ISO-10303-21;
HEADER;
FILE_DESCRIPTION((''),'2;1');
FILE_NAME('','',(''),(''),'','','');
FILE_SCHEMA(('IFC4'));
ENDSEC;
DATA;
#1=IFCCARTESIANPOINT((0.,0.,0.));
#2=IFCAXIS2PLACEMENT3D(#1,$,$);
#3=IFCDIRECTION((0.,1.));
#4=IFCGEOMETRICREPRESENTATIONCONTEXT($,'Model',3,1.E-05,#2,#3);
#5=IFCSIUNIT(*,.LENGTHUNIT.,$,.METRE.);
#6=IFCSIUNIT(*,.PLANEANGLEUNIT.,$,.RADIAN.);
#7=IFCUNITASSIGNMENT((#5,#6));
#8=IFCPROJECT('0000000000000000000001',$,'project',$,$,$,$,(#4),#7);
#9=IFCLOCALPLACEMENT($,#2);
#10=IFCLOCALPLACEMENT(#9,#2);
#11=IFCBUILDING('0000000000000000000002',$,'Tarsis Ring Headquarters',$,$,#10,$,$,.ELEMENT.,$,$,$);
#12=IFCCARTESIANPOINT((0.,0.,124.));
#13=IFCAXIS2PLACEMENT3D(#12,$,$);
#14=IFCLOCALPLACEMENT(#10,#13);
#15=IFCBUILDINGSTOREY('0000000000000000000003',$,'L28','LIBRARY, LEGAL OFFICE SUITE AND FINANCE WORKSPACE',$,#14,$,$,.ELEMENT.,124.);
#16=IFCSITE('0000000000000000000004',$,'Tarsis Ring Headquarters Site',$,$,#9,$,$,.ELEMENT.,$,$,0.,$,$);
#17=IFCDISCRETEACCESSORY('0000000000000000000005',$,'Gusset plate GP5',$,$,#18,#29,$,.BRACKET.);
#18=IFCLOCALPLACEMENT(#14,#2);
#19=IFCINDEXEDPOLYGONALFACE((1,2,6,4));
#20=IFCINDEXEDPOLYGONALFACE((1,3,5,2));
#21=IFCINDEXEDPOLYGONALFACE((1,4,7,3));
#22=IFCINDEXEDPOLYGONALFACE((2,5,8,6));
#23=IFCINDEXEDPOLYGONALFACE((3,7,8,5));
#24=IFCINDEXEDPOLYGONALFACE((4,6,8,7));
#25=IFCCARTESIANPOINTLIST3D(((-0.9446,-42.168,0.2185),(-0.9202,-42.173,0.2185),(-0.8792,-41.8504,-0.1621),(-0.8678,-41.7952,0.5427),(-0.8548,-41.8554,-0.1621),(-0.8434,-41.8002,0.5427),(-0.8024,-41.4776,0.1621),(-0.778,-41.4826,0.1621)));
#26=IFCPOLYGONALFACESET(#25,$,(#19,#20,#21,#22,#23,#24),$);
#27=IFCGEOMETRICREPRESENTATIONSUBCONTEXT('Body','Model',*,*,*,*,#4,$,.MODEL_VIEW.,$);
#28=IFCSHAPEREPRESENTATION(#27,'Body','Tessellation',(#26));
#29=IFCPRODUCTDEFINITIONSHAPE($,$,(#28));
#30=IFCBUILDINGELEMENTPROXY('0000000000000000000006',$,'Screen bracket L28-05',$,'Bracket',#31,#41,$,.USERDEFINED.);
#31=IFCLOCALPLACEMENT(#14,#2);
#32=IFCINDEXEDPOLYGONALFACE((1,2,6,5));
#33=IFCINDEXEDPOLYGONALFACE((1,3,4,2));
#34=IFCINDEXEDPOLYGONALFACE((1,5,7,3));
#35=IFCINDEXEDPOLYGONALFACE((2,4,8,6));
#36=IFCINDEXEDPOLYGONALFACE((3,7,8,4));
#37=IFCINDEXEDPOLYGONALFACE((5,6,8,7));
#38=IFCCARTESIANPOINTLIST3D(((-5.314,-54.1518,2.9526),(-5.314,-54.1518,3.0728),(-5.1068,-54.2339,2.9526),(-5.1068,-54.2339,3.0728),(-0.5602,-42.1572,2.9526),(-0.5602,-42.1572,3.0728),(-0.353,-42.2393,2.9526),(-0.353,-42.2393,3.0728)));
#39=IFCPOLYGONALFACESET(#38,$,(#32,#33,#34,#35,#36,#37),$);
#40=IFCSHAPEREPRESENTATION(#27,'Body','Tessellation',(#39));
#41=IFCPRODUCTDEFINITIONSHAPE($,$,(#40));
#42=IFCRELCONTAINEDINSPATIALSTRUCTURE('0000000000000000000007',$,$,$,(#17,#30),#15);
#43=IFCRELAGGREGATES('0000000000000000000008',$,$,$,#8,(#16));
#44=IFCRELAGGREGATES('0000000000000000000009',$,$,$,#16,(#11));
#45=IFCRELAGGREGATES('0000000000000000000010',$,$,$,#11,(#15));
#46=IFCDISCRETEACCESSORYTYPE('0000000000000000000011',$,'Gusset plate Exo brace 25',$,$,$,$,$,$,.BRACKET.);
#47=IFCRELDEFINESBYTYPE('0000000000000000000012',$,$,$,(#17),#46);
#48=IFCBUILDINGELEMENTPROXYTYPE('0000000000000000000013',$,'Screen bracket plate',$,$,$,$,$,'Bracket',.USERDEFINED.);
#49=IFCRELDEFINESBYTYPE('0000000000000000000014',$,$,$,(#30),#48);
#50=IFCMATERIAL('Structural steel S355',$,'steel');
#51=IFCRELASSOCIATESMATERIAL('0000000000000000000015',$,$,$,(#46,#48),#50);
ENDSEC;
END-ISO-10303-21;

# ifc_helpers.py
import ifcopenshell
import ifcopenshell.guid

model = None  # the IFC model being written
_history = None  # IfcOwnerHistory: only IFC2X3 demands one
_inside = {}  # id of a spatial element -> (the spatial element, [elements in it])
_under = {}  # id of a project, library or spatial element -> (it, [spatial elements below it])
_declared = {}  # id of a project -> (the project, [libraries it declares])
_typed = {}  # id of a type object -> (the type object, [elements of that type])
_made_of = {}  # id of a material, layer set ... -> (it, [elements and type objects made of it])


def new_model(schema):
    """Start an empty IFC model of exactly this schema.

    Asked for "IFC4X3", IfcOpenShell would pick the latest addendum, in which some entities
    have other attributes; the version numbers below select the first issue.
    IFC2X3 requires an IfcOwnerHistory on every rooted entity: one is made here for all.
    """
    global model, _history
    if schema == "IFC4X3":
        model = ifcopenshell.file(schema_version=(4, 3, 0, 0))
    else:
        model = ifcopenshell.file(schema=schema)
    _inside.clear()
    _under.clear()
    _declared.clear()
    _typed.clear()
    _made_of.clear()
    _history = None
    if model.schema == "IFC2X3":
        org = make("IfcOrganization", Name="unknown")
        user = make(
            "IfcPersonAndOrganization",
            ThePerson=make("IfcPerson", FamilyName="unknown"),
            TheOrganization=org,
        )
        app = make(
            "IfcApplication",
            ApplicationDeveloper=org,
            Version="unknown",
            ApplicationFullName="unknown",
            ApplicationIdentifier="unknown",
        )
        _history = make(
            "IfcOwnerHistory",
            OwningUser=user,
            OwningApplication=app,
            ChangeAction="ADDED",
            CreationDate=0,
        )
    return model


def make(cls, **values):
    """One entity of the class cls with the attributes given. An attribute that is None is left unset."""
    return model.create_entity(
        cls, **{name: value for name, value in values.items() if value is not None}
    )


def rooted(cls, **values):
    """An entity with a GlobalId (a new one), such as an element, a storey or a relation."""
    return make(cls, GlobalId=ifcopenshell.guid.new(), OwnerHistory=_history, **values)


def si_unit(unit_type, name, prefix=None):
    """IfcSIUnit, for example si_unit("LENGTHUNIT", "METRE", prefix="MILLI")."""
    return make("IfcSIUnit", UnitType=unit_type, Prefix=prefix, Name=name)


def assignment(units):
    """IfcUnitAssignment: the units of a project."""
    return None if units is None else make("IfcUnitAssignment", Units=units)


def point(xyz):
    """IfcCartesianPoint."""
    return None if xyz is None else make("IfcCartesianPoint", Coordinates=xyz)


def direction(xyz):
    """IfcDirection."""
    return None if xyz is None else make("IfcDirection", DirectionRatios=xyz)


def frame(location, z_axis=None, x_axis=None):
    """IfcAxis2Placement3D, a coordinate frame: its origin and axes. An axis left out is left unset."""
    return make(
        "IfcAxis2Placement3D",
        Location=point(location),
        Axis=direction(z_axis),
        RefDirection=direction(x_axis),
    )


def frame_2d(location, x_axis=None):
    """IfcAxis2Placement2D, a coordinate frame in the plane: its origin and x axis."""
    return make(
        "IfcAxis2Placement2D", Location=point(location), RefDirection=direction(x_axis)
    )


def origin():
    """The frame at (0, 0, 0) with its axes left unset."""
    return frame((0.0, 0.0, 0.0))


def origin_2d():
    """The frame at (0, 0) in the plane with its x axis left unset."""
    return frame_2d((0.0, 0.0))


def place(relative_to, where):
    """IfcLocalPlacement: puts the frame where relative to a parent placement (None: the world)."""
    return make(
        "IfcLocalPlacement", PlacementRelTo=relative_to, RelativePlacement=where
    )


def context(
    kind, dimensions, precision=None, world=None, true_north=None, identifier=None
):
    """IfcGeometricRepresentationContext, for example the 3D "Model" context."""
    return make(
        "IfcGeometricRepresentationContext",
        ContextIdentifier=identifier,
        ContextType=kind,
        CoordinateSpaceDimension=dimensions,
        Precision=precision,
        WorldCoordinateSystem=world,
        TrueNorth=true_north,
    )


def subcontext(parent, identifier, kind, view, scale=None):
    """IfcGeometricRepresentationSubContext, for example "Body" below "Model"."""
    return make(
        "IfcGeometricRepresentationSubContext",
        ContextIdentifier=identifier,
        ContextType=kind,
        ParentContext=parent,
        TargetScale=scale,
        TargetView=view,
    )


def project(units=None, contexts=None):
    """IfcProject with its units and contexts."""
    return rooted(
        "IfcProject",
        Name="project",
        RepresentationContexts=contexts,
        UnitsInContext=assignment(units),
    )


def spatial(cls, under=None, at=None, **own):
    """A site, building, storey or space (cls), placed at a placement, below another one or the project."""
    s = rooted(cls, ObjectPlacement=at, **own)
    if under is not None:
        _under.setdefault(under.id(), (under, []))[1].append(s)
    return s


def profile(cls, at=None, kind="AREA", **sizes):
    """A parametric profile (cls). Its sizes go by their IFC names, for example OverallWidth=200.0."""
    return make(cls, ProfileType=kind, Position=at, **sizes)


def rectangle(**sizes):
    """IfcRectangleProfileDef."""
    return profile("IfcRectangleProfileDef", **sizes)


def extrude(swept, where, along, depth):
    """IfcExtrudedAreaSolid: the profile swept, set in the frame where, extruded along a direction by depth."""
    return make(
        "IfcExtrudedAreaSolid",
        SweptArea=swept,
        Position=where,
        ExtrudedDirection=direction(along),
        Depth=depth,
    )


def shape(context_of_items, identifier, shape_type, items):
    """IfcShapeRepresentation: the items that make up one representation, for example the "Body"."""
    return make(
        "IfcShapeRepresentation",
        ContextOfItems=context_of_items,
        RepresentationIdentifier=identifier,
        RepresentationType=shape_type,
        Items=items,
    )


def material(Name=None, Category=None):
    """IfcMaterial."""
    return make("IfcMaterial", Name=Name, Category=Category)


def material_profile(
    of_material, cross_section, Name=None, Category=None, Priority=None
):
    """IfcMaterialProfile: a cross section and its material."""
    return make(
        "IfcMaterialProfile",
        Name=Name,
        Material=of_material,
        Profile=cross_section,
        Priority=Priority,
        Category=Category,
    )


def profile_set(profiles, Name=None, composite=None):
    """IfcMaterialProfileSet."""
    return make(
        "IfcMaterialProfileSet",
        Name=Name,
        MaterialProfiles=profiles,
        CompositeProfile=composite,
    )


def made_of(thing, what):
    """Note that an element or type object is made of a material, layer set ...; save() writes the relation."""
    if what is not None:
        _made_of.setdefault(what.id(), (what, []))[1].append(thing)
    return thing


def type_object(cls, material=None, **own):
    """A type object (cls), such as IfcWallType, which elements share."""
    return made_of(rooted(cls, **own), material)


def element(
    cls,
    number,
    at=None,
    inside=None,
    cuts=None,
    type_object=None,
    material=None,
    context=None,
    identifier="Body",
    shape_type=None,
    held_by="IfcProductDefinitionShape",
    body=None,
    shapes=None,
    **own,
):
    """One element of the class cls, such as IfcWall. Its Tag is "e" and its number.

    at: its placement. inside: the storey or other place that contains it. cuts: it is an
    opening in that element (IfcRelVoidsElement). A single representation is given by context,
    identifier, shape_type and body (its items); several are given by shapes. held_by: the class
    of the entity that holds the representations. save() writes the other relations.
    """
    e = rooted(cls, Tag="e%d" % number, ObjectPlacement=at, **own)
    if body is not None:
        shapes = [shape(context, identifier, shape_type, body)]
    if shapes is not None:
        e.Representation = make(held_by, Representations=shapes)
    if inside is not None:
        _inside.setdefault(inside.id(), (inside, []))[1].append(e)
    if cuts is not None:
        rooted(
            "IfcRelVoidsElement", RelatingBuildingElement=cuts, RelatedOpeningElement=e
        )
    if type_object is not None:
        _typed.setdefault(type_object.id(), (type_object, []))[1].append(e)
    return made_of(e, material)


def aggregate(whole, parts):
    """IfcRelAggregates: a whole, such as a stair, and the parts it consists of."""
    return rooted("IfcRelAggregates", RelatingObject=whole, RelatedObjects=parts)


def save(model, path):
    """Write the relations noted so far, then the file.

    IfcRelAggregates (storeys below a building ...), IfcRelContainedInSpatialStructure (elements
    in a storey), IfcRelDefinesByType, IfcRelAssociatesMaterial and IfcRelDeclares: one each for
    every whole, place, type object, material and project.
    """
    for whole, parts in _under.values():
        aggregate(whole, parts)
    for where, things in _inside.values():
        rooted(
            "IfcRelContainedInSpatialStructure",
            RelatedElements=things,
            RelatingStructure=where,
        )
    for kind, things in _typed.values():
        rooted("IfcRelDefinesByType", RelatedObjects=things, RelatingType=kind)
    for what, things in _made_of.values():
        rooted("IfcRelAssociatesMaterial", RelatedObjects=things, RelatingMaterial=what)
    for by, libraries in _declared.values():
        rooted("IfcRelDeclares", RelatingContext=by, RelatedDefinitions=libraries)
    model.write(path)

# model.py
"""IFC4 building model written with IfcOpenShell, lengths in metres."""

from ifc_helpers import new_model, si_unit, direction, frame, origin, origin_2d, place, context, subcontext, project, spatial, rectangle, extrude, material, material_profile, profile_set, type_object, element, save


model = new_model("IFC4")

# Units and contexts
model_context = context("Model", 3, precision=1e-05, world=origin(), true_north=direction((0.0, 1.0)))
body_context = subcontext(model_context, "Body", "Model", "MODEL_VIEW")
ifc_project = project(units=[si_unit("LENGTHUNIT", "METRE"), si_unit("PLANEANGLEUNIT", "RADIAN")], contexts=[model_context])

# Site, building, storey
site_placement = place(None, origin())
site = spatial("IfcSite", under=ifc_project, at=site_placement, Name="Tarsis Ring Headquarters Site", CompositionType="ELEMENT", RefElevation=0.0)
building_placement = place(site_placement, origin())
building = spatial("IfcBuilding", under=site, at=building_placement, Name="Tarsis Ring Headquarters", CompositionType="ELEMENT")
storey_placement = place(building_placement, frame((0.0, 0.0, 124.0)))
storey = spatial("IfcBuildingStorey", under=building, at=storey_placement, Name="L28", Description="LIBRARY, LEGAL OFFICE SUITE AND FINANCE WORKSPACE", CompositionType="ELEMENT", Elevation=124.0)

# Shared definitions
ifc_material_1 = material(Name="Structural steel S355", Category="steel")

# Discrete accessory
ifc_material_profile_1 = material_profile(ifc_material_1, rectangle(XDim=0.0249, YDim=0.5, at=origin_2d()), Name="PL 25x500")
ifc_profile_set_1 = profile_set([ifc_material_profile_1], Name="Structural steel S355")
discrete_accessory_type = type_object("IfcDiscreteAccessoryType", Name="Gusset plate Exo brace 25", PredefinedType="BRACKET", material=ifc_profile_set_1)
discrete_accessory_1_placement = place(storey_placement, frame((-0.8286, -41.6665, 0.0), z_axis=(-0.13085, -0.635208, 0.761176), x_axis=(0.979435, -0.201759, 0.0)))
element("IfcDiscreteAccessory", 1, at=discrete_accessory_1_placement, inside=storey, type_object=discrete_accessory_type, Name="Gusset plate GP5", PredefinedType="BRACKET", context=body_context, shape_type="SweptSolid", body=[
    extrude(rectangle(XDim=0.0249, YDim=0.5, at=origin_2d()), origin(), (0.0, 0.0, 1.0), 0.5),
])

# Building element proxy
building_element_proxy_type = type_object("IfcBuildingElementProxyType", Name="Screen bracket plate", ElementType="Bracket", PredefinedType="USERDEFINED", material=ifc_material_1)
proxy_placement = place(storey_placement, frame((-2.8335, -48.1956, 2.9526), z_axis=(0.0, 0.0, 1.0), x_axis=(0.368449, 0.929648, 0.0)))
element("IfcBuildingElementProxy", 2, at=proxy_placement, inside=storey, type_object=building_element_proxy_type, Name="Screen bracket L28-05", ObjectType="Bracket", PredefinedType="USERDEFINED", context=body_context, shape_type="SweptSolid", body=[
    extrude(rectangle(XDim=12.9023, YDim=0.2229, at=origin_2d()), origin(), (0.0, 0.0, 1.0), 0.1201),
])

save(model, "model.ifc")
